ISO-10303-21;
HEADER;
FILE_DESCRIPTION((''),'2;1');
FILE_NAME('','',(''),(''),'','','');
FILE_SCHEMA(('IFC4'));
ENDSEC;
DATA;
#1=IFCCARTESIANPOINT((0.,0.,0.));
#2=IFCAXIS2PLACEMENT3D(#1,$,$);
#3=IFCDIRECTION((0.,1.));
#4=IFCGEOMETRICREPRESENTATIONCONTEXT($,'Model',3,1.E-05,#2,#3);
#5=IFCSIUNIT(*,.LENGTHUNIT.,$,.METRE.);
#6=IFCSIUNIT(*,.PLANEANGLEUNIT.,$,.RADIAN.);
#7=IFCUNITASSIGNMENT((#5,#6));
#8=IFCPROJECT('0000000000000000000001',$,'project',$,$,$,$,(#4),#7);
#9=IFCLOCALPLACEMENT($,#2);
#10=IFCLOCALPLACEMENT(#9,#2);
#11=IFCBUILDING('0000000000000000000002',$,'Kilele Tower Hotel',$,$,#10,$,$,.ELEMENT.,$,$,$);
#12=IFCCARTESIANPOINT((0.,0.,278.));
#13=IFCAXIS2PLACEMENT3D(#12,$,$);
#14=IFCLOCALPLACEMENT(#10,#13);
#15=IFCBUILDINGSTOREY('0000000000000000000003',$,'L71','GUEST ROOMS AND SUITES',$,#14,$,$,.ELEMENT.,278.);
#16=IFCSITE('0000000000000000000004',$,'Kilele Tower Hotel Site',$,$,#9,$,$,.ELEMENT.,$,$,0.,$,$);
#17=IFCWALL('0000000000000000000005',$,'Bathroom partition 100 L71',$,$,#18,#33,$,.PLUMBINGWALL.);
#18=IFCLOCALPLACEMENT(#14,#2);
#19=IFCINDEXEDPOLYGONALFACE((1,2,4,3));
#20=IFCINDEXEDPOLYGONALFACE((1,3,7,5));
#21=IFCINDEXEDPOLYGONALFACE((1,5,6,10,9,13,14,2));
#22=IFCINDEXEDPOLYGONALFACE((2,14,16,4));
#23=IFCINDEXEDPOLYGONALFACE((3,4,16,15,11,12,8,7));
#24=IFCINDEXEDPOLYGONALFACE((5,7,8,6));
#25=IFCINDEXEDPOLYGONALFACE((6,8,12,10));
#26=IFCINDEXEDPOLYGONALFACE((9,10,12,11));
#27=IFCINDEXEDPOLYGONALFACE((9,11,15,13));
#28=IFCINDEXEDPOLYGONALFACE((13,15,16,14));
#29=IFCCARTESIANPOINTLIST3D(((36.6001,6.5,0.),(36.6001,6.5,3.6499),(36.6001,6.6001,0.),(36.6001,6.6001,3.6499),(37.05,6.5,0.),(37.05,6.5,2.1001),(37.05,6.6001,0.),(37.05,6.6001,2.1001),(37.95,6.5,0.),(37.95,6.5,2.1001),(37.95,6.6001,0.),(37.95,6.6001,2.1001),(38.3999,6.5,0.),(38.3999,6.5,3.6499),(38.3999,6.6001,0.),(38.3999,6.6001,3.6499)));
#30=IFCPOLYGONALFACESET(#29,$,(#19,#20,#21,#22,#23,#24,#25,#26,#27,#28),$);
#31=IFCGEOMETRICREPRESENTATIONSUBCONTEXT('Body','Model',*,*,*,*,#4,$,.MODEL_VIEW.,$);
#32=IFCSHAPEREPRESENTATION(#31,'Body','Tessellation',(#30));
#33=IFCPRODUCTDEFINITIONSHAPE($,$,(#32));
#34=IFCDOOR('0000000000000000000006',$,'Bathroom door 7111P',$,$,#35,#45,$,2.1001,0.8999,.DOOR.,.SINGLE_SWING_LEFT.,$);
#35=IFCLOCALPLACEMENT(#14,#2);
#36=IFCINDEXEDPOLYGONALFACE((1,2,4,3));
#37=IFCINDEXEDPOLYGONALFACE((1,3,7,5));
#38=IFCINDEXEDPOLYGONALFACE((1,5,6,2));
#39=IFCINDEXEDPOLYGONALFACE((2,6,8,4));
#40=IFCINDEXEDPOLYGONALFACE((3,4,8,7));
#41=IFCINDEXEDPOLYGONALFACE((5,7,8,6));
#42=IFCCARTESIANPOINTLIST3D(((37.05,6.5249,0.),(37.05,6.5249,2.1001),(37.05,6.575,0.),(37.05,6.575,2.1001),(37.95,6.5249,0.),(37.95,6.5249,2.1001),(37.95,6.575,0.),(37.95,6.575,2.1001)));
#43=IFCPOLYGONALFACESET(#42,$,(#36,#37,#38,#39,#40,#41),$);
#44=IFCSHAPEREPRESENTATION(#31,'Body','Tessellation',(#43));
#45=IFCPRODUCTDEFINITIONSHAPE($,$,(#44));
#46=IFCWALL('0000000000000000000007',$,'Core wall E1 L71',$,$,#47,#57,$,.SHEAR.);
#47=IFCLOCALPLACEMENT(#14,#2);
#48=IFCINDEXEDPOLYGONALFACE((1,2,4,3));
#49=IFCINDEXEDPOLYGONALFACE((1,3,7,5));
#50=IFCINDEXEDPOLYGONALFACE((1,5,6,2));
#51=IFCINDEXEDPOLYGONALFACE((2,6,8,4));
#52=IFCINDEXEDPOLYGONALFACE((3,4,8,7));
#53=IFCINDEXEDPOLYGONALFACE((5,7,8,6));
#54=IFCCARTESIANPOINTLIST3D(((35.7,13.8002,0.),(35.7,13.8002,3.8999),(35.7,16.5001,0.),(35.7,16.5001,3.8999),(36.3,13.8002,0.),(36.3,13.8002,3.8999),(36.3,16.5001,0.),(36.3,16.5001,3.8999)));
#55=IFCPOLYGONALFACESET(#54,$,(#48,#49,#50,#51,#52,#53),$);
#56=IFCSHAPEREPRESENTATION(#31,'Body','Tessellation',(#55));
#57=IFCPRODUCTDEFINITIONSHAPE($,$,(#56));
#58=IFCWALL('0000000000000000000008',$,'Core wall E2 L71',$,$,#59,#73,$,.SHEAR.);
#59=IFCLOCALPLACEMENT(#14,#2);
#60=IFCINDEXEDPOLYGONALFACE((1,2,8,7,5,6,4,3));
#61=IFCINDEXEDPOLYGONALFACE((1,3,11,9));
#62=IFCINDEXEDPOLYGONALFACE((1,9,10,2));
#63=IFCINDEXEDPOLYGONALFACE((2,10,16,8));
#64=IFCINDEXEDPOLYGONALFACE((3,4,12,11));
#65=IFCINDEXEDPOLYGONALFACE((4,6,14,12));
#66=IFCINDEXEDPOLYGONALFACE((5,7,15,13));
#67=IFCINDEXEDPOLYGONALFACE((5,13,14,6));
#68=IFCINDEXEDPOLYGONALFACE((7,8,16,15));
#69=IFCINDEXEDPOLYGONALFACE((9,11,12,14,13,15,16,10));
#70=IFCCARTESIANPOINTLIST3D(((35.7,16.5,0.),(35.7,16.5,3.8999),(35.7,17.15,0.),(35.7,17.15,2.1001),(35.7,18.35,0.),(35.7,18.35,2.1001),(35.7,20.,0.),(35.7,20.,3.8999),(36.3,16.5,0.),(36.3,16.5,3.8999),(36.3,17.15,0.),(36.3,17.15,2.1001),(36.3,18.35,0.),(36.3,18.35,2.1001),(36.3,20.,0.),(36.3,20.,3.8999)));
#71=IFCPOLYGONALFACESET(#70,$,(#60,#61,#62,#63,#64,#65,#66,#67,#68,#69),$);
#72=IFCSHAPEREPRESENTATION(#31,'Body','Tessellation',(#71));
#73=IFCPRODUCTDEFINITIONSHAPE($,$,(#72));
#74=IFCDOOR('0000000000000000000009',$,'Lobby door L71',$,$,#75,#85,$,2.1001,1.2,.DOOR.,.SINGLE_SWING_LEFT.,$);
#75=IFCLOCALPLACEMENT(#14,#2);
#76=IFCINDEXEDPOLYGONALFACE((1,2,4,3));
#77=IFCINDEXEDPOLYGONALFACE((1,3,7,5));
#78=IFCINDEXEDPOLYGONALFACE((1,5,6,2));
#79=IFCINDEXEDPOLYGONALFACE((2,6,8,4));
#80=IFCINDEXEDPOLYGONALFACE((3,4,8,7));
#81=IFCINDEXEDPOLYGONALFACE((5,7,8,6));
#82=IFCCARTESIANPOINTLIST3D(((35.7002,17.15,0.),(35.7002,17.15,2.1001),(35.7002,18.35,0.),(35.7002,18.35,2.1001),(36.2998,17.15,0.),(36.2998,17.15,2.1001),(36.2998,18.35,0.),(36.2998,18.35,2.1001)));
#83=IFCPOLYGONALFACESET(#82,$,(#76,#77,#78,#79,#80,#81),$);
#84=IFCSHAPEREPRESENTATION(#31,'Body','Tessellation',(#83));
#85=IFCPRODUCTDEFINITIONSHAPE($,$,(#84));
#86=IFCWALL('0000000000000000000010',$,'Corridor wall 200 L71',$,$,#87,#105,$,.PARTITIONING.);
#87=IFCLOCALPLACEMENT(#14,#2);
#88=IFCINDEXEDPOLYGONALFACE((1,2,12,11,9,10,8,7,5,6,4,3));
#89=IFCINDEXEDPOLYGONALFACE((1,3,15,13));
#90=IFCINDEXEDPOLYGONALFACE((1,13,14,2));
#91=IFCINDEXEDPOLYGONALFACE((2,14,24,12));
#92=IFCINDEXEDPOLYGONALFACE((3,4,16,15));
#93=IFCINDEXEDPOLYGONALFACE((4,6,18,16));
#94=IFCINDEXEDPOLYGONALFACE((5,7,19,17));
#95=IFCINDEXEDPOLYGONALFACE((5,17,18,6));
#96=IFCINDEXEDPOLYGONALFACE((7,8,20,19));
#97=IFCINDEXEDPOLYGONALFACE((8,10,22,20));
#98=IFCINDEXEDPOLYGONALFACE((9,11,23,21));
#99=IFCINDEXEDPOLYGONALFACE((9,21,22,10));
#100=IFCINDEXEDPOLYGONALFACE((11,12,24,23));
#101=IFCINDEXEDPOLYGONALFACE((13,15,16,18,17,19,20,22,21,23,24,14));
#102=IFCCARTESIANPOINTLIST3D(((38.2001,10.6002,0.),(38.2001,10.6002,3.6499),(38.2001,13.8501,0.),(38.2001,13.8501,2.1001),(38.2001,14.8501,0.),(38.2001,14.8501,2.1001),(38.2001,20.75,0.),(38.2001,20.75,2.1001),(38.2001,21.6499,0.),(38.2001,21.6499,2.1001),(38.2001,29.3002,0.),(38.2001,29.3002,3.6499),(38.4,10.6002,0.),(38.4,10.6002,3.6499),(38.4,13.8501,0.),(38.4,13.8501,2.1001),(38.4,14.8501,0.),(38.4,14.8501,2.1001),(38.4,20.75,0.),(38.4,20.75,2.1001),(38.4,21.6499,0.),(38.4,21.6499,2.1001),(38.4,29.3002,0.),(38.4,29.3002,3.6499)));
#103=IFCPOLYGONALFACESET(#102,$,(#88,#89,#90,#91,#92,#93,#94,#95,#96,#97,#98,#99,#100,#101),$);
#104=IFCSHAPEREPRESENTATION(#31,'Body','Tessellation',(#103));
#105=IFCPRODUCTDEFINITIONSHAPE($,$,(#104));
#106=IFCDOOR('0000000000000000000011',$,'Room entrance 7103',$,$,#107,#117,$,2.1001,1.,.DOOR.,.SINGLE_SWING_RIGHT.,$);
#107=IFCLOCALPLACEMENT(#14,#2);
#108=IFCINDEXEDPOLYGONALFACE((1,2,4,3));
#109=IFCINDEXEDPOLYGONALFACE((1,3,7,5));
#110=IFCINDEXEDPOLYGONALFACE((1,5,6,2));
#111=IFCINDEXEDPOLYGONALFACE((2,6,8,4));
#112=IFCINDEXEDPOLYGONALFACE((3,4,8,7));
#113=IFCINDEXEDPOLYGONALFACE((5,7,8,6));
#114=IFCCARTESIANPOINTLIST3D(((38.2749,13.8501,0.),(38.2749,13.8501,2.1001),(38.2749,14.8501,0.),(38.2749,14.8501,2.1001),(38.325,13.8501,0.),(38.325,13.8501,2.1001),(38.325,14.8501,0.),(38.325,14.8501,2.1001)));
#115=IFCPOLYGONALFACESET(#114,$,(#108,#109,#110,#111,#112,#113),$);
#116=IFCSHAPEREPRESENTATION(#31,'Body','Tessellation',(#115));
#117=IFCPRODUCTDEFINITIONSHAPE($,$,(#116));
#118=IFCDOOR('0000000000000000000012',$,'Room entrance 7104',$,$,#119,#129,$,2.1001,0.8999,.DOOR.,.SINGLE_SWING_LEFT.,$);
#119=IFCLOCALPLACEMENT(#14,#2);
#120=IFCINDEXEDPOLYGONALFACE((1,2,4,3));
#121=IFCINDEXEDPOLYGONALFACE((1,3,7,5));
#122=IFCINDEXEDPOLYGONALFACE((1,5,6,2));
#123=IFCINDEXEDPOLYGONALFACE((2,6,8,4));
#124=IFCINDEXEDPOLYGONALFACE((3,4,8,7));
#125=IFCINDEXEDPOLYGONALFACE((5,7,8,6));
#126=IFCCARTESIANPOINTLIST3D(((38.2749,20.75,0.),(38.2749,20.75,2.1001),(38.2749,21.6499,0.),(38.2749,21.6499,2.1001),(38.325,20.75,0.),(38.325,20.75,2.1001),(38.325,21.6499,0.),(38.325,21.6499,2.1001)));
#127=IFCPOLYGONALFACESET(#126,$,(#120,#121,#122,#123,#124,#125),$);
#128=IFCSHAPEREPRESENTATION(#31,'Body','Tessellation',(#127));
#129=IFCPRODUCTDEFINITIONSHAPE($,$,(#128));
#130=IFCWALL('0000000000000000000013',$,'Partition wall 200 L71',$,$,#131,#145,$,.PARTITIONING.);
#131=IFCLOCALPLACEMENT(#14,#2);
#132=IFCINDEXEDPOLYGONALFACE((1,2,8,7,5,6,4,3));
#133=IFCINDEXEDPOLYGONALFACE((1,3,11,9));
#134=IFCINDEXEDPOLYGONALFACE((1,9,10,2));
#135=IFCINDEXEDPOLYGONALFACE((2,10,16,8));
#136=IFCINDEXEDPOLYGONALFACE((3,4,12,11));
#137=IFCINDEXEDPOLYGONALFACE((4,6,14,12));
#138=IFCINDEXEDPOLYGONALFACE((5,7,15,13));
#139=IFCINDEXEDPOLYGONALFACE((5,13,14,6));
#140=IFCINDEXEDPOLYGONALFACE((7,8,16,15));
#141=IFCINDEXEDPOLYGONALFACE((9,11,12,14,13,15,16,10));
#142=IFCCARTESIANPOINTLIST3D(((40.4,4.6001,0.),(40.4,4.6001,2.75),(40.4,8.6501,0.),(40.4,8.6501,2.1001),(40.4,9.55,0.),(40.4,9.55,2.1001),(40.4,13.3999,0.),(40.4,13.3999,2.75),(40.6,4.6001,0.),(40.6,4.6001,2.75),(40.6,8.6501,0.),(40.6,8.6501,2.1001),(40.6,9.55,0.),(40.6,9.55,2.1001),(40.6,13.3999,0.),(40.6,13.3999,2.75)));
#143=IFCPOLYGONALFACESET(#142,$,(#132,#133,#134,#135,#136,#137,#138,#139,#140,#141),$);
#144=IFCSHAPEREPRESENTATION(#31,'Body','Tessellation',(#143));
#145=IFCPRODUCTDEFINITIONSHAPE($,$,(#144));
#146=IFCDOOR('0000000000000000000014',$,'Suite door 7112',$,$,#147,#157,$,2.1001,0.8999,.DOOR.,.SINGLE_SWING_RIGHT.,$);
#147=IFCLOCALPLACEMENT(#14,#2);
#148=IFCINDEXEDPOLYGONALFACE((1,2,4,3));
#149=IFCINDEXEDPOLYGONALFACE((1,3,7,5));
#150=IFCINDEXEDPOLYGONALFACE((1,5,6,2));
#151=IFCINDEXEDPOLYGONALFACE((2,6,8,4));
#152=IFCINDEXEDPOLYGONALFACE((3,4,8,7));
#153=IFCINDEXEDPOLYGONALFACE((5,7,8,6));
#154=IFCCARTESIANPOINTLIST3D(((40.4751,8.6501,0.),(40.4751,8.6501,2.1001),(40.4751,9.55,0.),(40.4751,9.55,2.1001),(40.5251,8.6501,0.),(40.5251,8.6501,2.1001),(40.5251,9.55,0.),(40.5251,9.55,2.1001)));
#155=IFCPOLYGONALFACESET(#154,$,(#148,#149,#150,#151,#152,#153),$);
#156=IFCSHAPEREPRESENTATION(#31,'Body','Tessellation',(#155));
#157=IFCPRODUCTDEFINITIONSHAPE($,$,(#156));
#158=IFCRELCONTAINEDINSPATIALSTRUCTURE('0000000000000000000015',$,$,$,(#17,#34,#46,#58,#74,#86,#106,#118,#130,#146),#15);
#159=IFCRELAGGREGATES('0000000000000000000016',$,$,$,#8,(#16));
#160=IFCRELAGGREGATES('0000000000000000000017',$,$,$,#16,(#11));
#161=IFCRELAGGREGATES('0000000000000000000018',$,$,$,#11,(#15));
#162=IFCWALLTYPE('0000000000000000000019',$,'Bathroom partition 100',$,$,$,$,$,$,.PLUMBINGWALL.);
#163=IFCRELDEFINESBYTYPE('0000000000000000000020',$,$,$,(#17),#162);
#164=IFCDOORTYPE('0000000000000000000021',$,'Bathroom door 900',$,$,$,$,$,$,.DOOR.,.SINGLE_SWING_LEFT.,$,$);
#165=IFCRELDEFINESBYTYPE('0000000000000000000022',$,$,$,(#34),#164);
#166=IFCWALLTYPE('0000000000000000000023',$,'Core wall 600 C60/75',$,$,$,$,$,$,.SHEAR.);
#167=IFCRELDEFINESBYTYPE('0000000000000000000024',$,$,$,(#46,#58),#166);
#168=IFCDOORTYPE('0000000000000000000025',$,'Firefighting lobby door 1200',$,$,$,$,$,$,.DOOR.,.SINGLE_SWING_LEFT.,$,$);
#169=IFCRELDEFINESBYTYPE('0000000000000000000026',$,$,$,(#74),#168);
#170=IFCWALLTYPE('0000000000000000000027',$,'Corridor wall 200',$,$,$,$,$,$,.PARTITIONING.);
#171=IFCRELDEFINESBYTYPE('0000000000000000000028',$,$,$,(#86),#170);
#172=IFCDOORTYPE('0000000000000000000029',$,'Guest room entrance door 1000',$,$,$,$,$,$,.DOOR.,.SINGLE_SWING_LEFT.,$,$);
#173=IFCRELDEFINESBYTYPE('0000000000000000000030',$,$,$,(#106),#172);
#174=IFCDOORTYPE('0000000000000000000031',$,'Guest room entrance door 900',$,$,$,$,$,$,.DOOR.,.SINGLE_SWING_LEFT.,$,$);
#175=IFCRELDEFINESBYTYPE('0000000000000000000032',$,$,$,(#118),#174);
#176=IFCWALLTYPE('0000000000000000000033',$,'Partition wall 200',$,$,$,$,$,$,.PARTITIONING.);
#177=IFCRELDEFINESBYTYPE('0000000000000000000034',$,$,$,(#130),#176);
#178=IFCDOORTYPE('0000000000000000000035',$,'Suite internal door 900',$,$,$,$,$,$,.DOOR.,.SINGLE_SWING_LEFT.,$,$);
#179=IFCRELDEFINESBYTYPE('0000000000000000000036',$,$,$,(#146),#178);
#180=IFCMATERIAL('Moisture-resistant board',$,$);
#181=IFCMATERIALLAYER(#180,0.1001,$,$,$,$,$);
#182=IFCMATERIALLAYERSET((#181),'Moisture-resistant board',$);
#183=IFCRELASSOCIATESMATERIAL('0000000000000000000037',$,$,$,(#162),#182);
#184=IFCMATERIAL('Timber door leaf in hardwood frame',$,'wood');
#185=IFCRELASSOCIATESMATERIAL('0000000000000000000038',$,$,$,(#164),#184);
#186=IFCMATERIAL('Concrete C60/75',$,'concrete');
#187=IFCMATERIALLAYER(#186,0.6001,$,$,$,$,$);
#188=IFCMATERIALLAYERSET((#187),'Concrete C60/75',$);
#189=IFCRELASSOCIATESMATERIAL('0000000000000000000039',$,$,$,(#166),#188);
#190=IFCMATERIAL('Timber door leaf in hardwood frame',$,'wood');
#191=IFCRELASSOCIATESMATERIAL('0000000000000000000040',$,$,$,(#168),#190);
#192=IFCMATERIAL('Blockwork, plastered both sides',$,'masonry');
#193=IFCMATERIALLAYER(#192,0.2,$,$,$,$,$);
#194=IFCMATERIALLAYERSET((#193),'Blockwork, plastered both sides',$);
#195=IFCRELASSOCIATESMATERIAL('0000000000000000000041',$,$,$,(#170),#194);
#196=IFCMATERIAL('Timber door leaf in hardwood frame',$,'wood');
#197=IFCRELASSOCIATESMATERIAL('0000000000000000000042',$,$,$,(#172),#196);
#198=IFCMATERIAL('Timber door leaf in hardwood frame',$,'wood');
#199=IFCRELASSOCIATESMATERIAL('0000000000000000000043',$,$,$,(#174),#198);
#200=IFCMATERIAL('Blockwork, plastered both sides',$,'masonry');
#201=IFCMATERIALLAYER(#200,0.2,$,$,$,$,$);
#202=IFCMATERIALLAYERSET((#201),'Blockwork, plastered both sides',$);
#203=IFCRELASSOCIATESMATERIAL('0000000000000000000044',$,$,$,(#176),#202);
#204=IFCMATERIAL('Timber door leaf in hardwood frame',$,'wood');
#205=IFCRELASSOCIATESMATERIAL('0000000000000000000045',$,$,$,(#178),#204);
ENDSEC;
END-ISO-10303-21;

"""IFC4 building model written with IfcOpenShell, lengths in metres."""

from ifc_helpers import new_model, si_unit, direction, frame, frame_2d, origin, place, context, subcontext, project, spatial, rectangle, extrude, material, layer, layer_set, type_object, element, fill, save


model = new_model("IFC4")

# Units and contexts
model_context = context("Model", 3, precision=1e-05, world=origin(), true_north=direction((0.0, 1.0)))
body_context = subcontext(model_context, "Body", "Model", "MODEL_VIEW")
ifc_project = project(units=[si_unit("LENGTHUNIT", "METRE"), si_unit("PLANEANGLEUNIT", "RADIAN")], contexts=[model_context])

# Site, building, storey
site_placement = place(None, origin())
site = spatial("IfcSite", under=ifc_project, at=site_placement, Name="Kilele Tower Hotel Site", CompositionType="ELEMENT", RefElevation=0.0)
building_placement = place(site_placement, origin())
building = spatial("IfcBuilding", under=site, at=building_placement, Name="Kilele Tower Hotel", CompositionType="ELEMENT")
storey_placement = place(building_placement, frame((0.0, 0.0, 278.0)))
storey = spatial("IfcBuildingStorey", under=building, at=storey_placement, Name="L71", Description="GUEST ROOMS AND SUITES", CompositionType="ELEMENT", Elevation=278.0)

# Shared definitions
ifc_material_1 = material(Name="Moisture-resistant board")
ifc_layer_1 = layer(ifc_material_1, 0.1001)
ifc_layer_set_1 = layer_set([ifc_layer_1], Name="Moisture-resistant board")
wall_type_1 = type_object("IfcWallType", Name="Bathroom partition 100", PredefinedType="PLUMBINGWALL", material=ifc_layer_set_1)

# Shared definitions
ifc_material_2 = material(Name="Timber door leaf in hardwood frame", Category="wood")
door_type_1 = type_object("IfcDoorType", Name="Bathroom door 900", OperationType="SINGLE_SWING_LEFT", PredefinedType="DOOR", material=ifc_material_2)

# Wall, opening, door
wall_1_placement = place(storey_placement, frame((36.6001, 6.55, 0.0), z_axis=(0.0, 0.0, 1.0), x_axis=(1.0, 0.0, 0.0)))
wall_1 = element("IfcWall", 1, at=wall_1_placement, inside=storey, type_object=wall_type_1, Name="Bathroom partition 100 L71", PredefinedType="PLUMBINGWALL", context=body_context, shape_type="SweptSolid", body=[
    extrude(rectangle(XDim=1.7998, YDim=0.1001, at=frame_2d((0.8999, 0.0))), origin(), (0.0, 0.0, 1.0), 3.6499),
])
opening_1_placement = place(wall_1_placement, frame((0.45, 0.0, 0.0)))
opening_1 = element("IfcOpeningElement", 2, at=opening_1_placement, cuts=wall_1, PredefinedType="OPENING", context=body_context, shape_type="SweptSolid", body=[
    extrude(rectangle(XDim=0.8999, YDim=2.1001, at=frame_2d((0.45, 1.05))), frame((0.0, 0.0601, 0.0), z_axis=(0.0, -1.0, 0.0), x_axis=(1.0, 0.0, 0.0)), (0.0, 0.0, 1.0), 0.1201),
])
door_1_placement = place(opening_1_placement, origin())
door_1 = element("IfcDoor", 3, at=door_1_placement, inside=storey, type_object=door_type_1, Name="Bathroom door 7111P", OperationType="SINGLE_SWING_LEFT", OverallHeight=2.1001, OverallWidth=0.8999, PredefinedType="DOOR", context=body_context, shape_type="SweptSolid", body=[
    extrude(rectangle(XDim=0.8999, YDim=2.1001, at=frame_2d((0.45, 1.05))), frame((0.0, 0.0249, 0.0), z_axis=(0.0, -1.0, 0.0), x_axis=(1.0, 0.0, 0.0)), (0.0, 0.0, 1.0), 0.05),
])
fill(opening_1, door_1)

# Wall
ifc_material_3 = material(Name="Concrete C60/75", Category="concrete")
ifc_layer_2 = layer(ifc_material_3, 0.6001)
ifc_layer_set_2 = layer_set([ifc_layer_2], Name="Concrete C60/75")
wall_type_2 = type_object("IfcWallType", Name="Core wall 600 C60/75", PredefinedType="SHEAR", material=ifc_layer_set_2)
wall_2_placement = place(storey_placement, frame((36.0, 13.8, 0.0), z_axis=(0.0, 0.0, 1.0), x_axis=(0.0, 1.0, 0.0)))
element("IfcWall", 4, at=wall_2_placement, inside=storey, type_object=wall_type_2, Name="Core wall E1 L71", PredefinedType="SHEAR", context=body_context, shape_type="SweptSolid", body=[
    extrude(rectangle(XDim=2.7, YDim=0.6001, at=frame_2d((1.3501, 0.0))), origin(), (0.0, 0.0, 1.0), 3.8999),
])

# Wall, opening, door
wall_3_placement = place(storey_placement, frame((36.0, 16.5, 0.0), z_axis=(0.0, 0.0, 1.0), x_axis=(0.0, 1.0, 0.0)))
wall_3 = element("IfcWall", 5, at=wall_3_placement, inside=storey, type_object=wall_type_2, Name="Core wall E2 L71", PredefinedType="SHEAR", context=body_context, shape_type="SweptSolid", body=[
    extrude(rectangle(XDim=3.5, YDim=0.6001, at=frame_2d((1.75, 0.0))), origin(), (0.0, 0.0, 1.0), 3.8999),
])
opening_2_placement = place(wall_3_placement, frame((0.6499, 0.0, 0.0)))
opening_2 = element("IfcOpeningElement", 6, at=opening_2_placement, cuts=wall_3, PredefinedType="OPENING", context=body_context, shape_type="SweptSolid", body=[
    extrude(rectangle(XDim=1.2, YDim=2.1001, at=frame_2d((0.6001, 1.05))), frame((0.0, 0.3101, 0.0), z_axis=(0.0, -1.0, 0.0), x_axis=(1.0, 0.0, 0.0)), (0.0, 0.0, 1.0), 0.6201),
])
ifc_material_4 = material(Name="Timber door leaf in hardwood frame", Category="wood")
door_type_2 = type_object("IfcDoorType", Name="Firefighting lobby door 1200", OperationType="SINGLE_SWING_LEFT", PredefinedType="DOOR", material=ifc_material_4)
door_2_placement = place(opening_2_placement, origin())
door_2 = element("IfcDoor", 7, at=door_2_placement, inside=storey, type_object=door_type_2, Name="Lobby door L71", OperationType="SINGLE_SWING_LEFT", OverallHeight=2.1001, OverallWidth=1.2, PredefinedType="DOOR", context=body_context, shape_type="SweptSolid", body=[
    extrude(rectangle(XDim=1.2, YDim=2.1001, at=frame_2d((0.6001, 1.05))), frame((0.0, 0.2998, 0.0), z_axis=(0.0, -1.0, 0.0), x_axis=(1.0, 0.0, 0.0)), (0.0, 0.0, 1.0), 0.5996),
])
fill(opening_2, door_2)

# Wall, openings, doors
ifc_material_5 = material(Name="Blockwork, plastered both sides", Category="masonry")
ifc_layer_3 = layer(ifc_material_5, 0.2)
ifc_layer_set_3 = layer_set([ifc_layer_3], Name="Blockwork, plastered both sides")
wall_type_3 = type_object("IfcWallType", Name="Corridor wall 200", PredefinedType="PARTITIONING", material=ifc_layer_set_3)
wall_4_placement = place(storey_placement, frame((38.3, 10.6001, 0.0), z_axis=(0.0, 0.0, 1.0), x_axis=(0.0, 1.0, 0.0)))
wall_4 = element("IfcWall", 8, at=wall_4_placement, inside=storey, type_object=wall_type_3, Name="Corridor wall 200 L71", PredefinedType="PARTITIONING", context=body_context, shape_type="SweptSolid", body=[
    extrude(rectangle(XDim=18.7, YDim=0.2, at=frame_2d((9.3501, 0.0))), origin(), (0.0, 0.0, 1.0), 3.6499),
])
opening_3_placement = place(wall_4_placement, frame((4.25, 0.0, 0.0), z_axis=(0.0, 0.0, 1.0), x_axis=(-1.0, 0.0, 0.0)))
opening_3 = element("IfcOpeningElement", 9, at=opening_3_placement, cuts=wall_4, PredefinedType="OPENING", context=body_context, shape_type="SweptSolid", body=[
    extrude(rectangle(XDim=1.0, YDim=2.1001, at=frame_2d((0.5, 1.05))), frame((0.0, 0.1099, 0.0), z_axis=(0.0, -1.0, 0.0), x_axis=(1.0, 0.0, 0.0)), (0.0, 0.0, 1.0), 0.22),
])
opening_4_placement = place(wall_4_placement, frame((11.0498, 0.0, 0.0), z_axis=(0.0, 0.0, 1.0), x_axis=(-1.0, 0.0, 0.0)))
opening_4 = element("IfcOpeningElement", 10, at=opening_4_placement, cuts=wall_4, PredefinedType="OPENING", context=body_context, shape_type="SweptSolid", body=[
    extrude(rectangle(XDim=0.8999, YDim=2.1001, at=frame_2d((0.45, 1.05))), frame((0.0, 0.1099, 0.0), z_axis=(0.0, -1.0, 0.0), x_axis=(1.0, 0.0, 0.0)), (0.0, 0.0, 1.0), 0.22),
])
ifc_material_6 = material(Name="Timber door leaf in hardwood frame", Category="wood")
door_type_3 = type_object("IfcDoorType", Name="Guest room entrance door 1000", OperationType="SINGLE_SWING_LEFT", PredefinedType="DOOR", material=ifc_material_6)
door_3_placement = place(opening_3_placement, origin())
door_3 = element("IfcDoor", 11, at=door_3_placement, inside=storey, type_object=door_type_3, Name="Room entrance 7103", OperationType="SINGLE_SWING_RIGHT", OverallHeight=2.1001, OverallWidth=1.0, PredefinedType="DOOR", context=body_context, shape_type="SweptSolid", body=[
    extrude(rectangle(XDim=1.0, YDim=2.1001, at=frame_2d((0.5, 1.05))), frame((0.0, 0.0249, 0.0), z_axis=(0.0, -1.0, 0.0), x_axis=(1.0, 0.0, 0.0)), (0.0, 0.0, 1.0), 0.05),
])
fill(opening_3, door_3)
ifc_material_7 = material(Name="Timber door leaf in hardwood frame", Category="wood")
door_type_4 = type_object("IfcDoorType", Name="Guest room entrance door 900", OperationType="SINGLE_SWING_LEFT", PredefinedType="DOOR", material=ifc_material_7)
door_4_placement = place(opening_4_placement, origin())
door_4 = element("IfcDoor", 12, at=door_4_placement, inside=storey, type_object=door_type_4, Name="Room entrance 7104", OperationType="SINGLE_SWING_LEFT", OverallHeight=2.1001, OverallWidth=0.8999, PredefinedType="DOOR", context=body_context, shape_type="SweptSolid", body=[
    extrude(rectangle(XDim=0.8999, YDim=2.1001, at=frame_2d((0.45, 1.05))), frame((0.0, 0.0249, 0.0), z_axis=(0.0, -1.0, 0.0), x_axis=(1.0, 0.0, 0.0)), (0.0, 0.0, 1.0), 0.05),
])
fill(opening_4, door_4)

# Wall, opening, door
ifc_material_8 = material(Name="Blockwork, plastered both sides", Category="masonry")
ifc_layer_4 = layer(ifc_material_8, 0.2)
ifc_layer_set_4 = layer_set([ifc_layer_4], Name="Blockwork, plastered both sides")
wall_type_4 = type_object("IfcWallType", Name="Partition wall 200", PredefinedType="PARTITIONING", material=ifc_layer_set_4)
wall_5_placement = place(storey_placement, frame((40.5, 4.6001, 0.0), z_axis=(0.0, 0.0, 1.0), x_axis=(0.0, 1.0, 0.0)))
wall_5 = element("IfcWall", 13, at=wall_5_placement, inside=storey, type_object=wall_type_4, Name="Partition wall 200 L71", PredefinedType="PARTITIONING", context=body_context, shape_type="SweptSolid", body=[
    extrude(rectangle(XDim=8.7998, YDim=0.2, at=frame_2d((4.3999, 0.0))), origin(), (0.0, 0.0, 1.0), 2.75),
])
opening_5_placement = place(wall_5_placement, frame((4.05, 0.0, 0.0)))
opening_5 = element("IfcOpeningElement", 14, at=opening_5_placement, cuts=wall_5, PredefinedType="OPENING", context=body_context, shape_type="SweptSolid", body=[
    extrude(rectangle(XDim=0.8999, YDim=2.1001, at=frame_2d((0.45, 1.05))), frame((0.0, 0.1099, 0.0), z_axis=(0.0, -1.0, 0.0), x_axis=(1.0, 0.0, 0.0)), (0.0, 0.0, 1.0), 0.22),
])
ifc_material_9 = material(Name="Timber door leaf in hardwood frame", Category="wood")
door_type_5 = type_object("IfcDoorType", Name="Suite internal door 900", OperationType="SINGLE_SWING_LEFT", PredefinedType="DOOR", material=ifc_material_9)
door_5_placement = place(opening_5_placement, origin())
door_5 = element("IfcDoor", 15, at=door_5_placement, inside=storey, type_object=door_type_5, Name="Suite door 7112", OperationType="SINGLE_SWING_RIGHT", OverallHeight=2.1001, OverallWidth=0.8999, PredefinedType="DOOR", context=body_context, shape_type="SweptSolid", body=[
    extrude(rectangle(XDim=0.8999, YDim=2.1001, at=frame_2d((0.45, 1.05))), frame((0.0, 0.0249, 0.0), z_axis=(0.0, -1.0, 0.0), x_axis=(1.0, 0.0, 0.0)), (0.0, 0.0, 1.0), 0.05),
])
fill(opening_5, door_5)

save(model, "model.ifc")
